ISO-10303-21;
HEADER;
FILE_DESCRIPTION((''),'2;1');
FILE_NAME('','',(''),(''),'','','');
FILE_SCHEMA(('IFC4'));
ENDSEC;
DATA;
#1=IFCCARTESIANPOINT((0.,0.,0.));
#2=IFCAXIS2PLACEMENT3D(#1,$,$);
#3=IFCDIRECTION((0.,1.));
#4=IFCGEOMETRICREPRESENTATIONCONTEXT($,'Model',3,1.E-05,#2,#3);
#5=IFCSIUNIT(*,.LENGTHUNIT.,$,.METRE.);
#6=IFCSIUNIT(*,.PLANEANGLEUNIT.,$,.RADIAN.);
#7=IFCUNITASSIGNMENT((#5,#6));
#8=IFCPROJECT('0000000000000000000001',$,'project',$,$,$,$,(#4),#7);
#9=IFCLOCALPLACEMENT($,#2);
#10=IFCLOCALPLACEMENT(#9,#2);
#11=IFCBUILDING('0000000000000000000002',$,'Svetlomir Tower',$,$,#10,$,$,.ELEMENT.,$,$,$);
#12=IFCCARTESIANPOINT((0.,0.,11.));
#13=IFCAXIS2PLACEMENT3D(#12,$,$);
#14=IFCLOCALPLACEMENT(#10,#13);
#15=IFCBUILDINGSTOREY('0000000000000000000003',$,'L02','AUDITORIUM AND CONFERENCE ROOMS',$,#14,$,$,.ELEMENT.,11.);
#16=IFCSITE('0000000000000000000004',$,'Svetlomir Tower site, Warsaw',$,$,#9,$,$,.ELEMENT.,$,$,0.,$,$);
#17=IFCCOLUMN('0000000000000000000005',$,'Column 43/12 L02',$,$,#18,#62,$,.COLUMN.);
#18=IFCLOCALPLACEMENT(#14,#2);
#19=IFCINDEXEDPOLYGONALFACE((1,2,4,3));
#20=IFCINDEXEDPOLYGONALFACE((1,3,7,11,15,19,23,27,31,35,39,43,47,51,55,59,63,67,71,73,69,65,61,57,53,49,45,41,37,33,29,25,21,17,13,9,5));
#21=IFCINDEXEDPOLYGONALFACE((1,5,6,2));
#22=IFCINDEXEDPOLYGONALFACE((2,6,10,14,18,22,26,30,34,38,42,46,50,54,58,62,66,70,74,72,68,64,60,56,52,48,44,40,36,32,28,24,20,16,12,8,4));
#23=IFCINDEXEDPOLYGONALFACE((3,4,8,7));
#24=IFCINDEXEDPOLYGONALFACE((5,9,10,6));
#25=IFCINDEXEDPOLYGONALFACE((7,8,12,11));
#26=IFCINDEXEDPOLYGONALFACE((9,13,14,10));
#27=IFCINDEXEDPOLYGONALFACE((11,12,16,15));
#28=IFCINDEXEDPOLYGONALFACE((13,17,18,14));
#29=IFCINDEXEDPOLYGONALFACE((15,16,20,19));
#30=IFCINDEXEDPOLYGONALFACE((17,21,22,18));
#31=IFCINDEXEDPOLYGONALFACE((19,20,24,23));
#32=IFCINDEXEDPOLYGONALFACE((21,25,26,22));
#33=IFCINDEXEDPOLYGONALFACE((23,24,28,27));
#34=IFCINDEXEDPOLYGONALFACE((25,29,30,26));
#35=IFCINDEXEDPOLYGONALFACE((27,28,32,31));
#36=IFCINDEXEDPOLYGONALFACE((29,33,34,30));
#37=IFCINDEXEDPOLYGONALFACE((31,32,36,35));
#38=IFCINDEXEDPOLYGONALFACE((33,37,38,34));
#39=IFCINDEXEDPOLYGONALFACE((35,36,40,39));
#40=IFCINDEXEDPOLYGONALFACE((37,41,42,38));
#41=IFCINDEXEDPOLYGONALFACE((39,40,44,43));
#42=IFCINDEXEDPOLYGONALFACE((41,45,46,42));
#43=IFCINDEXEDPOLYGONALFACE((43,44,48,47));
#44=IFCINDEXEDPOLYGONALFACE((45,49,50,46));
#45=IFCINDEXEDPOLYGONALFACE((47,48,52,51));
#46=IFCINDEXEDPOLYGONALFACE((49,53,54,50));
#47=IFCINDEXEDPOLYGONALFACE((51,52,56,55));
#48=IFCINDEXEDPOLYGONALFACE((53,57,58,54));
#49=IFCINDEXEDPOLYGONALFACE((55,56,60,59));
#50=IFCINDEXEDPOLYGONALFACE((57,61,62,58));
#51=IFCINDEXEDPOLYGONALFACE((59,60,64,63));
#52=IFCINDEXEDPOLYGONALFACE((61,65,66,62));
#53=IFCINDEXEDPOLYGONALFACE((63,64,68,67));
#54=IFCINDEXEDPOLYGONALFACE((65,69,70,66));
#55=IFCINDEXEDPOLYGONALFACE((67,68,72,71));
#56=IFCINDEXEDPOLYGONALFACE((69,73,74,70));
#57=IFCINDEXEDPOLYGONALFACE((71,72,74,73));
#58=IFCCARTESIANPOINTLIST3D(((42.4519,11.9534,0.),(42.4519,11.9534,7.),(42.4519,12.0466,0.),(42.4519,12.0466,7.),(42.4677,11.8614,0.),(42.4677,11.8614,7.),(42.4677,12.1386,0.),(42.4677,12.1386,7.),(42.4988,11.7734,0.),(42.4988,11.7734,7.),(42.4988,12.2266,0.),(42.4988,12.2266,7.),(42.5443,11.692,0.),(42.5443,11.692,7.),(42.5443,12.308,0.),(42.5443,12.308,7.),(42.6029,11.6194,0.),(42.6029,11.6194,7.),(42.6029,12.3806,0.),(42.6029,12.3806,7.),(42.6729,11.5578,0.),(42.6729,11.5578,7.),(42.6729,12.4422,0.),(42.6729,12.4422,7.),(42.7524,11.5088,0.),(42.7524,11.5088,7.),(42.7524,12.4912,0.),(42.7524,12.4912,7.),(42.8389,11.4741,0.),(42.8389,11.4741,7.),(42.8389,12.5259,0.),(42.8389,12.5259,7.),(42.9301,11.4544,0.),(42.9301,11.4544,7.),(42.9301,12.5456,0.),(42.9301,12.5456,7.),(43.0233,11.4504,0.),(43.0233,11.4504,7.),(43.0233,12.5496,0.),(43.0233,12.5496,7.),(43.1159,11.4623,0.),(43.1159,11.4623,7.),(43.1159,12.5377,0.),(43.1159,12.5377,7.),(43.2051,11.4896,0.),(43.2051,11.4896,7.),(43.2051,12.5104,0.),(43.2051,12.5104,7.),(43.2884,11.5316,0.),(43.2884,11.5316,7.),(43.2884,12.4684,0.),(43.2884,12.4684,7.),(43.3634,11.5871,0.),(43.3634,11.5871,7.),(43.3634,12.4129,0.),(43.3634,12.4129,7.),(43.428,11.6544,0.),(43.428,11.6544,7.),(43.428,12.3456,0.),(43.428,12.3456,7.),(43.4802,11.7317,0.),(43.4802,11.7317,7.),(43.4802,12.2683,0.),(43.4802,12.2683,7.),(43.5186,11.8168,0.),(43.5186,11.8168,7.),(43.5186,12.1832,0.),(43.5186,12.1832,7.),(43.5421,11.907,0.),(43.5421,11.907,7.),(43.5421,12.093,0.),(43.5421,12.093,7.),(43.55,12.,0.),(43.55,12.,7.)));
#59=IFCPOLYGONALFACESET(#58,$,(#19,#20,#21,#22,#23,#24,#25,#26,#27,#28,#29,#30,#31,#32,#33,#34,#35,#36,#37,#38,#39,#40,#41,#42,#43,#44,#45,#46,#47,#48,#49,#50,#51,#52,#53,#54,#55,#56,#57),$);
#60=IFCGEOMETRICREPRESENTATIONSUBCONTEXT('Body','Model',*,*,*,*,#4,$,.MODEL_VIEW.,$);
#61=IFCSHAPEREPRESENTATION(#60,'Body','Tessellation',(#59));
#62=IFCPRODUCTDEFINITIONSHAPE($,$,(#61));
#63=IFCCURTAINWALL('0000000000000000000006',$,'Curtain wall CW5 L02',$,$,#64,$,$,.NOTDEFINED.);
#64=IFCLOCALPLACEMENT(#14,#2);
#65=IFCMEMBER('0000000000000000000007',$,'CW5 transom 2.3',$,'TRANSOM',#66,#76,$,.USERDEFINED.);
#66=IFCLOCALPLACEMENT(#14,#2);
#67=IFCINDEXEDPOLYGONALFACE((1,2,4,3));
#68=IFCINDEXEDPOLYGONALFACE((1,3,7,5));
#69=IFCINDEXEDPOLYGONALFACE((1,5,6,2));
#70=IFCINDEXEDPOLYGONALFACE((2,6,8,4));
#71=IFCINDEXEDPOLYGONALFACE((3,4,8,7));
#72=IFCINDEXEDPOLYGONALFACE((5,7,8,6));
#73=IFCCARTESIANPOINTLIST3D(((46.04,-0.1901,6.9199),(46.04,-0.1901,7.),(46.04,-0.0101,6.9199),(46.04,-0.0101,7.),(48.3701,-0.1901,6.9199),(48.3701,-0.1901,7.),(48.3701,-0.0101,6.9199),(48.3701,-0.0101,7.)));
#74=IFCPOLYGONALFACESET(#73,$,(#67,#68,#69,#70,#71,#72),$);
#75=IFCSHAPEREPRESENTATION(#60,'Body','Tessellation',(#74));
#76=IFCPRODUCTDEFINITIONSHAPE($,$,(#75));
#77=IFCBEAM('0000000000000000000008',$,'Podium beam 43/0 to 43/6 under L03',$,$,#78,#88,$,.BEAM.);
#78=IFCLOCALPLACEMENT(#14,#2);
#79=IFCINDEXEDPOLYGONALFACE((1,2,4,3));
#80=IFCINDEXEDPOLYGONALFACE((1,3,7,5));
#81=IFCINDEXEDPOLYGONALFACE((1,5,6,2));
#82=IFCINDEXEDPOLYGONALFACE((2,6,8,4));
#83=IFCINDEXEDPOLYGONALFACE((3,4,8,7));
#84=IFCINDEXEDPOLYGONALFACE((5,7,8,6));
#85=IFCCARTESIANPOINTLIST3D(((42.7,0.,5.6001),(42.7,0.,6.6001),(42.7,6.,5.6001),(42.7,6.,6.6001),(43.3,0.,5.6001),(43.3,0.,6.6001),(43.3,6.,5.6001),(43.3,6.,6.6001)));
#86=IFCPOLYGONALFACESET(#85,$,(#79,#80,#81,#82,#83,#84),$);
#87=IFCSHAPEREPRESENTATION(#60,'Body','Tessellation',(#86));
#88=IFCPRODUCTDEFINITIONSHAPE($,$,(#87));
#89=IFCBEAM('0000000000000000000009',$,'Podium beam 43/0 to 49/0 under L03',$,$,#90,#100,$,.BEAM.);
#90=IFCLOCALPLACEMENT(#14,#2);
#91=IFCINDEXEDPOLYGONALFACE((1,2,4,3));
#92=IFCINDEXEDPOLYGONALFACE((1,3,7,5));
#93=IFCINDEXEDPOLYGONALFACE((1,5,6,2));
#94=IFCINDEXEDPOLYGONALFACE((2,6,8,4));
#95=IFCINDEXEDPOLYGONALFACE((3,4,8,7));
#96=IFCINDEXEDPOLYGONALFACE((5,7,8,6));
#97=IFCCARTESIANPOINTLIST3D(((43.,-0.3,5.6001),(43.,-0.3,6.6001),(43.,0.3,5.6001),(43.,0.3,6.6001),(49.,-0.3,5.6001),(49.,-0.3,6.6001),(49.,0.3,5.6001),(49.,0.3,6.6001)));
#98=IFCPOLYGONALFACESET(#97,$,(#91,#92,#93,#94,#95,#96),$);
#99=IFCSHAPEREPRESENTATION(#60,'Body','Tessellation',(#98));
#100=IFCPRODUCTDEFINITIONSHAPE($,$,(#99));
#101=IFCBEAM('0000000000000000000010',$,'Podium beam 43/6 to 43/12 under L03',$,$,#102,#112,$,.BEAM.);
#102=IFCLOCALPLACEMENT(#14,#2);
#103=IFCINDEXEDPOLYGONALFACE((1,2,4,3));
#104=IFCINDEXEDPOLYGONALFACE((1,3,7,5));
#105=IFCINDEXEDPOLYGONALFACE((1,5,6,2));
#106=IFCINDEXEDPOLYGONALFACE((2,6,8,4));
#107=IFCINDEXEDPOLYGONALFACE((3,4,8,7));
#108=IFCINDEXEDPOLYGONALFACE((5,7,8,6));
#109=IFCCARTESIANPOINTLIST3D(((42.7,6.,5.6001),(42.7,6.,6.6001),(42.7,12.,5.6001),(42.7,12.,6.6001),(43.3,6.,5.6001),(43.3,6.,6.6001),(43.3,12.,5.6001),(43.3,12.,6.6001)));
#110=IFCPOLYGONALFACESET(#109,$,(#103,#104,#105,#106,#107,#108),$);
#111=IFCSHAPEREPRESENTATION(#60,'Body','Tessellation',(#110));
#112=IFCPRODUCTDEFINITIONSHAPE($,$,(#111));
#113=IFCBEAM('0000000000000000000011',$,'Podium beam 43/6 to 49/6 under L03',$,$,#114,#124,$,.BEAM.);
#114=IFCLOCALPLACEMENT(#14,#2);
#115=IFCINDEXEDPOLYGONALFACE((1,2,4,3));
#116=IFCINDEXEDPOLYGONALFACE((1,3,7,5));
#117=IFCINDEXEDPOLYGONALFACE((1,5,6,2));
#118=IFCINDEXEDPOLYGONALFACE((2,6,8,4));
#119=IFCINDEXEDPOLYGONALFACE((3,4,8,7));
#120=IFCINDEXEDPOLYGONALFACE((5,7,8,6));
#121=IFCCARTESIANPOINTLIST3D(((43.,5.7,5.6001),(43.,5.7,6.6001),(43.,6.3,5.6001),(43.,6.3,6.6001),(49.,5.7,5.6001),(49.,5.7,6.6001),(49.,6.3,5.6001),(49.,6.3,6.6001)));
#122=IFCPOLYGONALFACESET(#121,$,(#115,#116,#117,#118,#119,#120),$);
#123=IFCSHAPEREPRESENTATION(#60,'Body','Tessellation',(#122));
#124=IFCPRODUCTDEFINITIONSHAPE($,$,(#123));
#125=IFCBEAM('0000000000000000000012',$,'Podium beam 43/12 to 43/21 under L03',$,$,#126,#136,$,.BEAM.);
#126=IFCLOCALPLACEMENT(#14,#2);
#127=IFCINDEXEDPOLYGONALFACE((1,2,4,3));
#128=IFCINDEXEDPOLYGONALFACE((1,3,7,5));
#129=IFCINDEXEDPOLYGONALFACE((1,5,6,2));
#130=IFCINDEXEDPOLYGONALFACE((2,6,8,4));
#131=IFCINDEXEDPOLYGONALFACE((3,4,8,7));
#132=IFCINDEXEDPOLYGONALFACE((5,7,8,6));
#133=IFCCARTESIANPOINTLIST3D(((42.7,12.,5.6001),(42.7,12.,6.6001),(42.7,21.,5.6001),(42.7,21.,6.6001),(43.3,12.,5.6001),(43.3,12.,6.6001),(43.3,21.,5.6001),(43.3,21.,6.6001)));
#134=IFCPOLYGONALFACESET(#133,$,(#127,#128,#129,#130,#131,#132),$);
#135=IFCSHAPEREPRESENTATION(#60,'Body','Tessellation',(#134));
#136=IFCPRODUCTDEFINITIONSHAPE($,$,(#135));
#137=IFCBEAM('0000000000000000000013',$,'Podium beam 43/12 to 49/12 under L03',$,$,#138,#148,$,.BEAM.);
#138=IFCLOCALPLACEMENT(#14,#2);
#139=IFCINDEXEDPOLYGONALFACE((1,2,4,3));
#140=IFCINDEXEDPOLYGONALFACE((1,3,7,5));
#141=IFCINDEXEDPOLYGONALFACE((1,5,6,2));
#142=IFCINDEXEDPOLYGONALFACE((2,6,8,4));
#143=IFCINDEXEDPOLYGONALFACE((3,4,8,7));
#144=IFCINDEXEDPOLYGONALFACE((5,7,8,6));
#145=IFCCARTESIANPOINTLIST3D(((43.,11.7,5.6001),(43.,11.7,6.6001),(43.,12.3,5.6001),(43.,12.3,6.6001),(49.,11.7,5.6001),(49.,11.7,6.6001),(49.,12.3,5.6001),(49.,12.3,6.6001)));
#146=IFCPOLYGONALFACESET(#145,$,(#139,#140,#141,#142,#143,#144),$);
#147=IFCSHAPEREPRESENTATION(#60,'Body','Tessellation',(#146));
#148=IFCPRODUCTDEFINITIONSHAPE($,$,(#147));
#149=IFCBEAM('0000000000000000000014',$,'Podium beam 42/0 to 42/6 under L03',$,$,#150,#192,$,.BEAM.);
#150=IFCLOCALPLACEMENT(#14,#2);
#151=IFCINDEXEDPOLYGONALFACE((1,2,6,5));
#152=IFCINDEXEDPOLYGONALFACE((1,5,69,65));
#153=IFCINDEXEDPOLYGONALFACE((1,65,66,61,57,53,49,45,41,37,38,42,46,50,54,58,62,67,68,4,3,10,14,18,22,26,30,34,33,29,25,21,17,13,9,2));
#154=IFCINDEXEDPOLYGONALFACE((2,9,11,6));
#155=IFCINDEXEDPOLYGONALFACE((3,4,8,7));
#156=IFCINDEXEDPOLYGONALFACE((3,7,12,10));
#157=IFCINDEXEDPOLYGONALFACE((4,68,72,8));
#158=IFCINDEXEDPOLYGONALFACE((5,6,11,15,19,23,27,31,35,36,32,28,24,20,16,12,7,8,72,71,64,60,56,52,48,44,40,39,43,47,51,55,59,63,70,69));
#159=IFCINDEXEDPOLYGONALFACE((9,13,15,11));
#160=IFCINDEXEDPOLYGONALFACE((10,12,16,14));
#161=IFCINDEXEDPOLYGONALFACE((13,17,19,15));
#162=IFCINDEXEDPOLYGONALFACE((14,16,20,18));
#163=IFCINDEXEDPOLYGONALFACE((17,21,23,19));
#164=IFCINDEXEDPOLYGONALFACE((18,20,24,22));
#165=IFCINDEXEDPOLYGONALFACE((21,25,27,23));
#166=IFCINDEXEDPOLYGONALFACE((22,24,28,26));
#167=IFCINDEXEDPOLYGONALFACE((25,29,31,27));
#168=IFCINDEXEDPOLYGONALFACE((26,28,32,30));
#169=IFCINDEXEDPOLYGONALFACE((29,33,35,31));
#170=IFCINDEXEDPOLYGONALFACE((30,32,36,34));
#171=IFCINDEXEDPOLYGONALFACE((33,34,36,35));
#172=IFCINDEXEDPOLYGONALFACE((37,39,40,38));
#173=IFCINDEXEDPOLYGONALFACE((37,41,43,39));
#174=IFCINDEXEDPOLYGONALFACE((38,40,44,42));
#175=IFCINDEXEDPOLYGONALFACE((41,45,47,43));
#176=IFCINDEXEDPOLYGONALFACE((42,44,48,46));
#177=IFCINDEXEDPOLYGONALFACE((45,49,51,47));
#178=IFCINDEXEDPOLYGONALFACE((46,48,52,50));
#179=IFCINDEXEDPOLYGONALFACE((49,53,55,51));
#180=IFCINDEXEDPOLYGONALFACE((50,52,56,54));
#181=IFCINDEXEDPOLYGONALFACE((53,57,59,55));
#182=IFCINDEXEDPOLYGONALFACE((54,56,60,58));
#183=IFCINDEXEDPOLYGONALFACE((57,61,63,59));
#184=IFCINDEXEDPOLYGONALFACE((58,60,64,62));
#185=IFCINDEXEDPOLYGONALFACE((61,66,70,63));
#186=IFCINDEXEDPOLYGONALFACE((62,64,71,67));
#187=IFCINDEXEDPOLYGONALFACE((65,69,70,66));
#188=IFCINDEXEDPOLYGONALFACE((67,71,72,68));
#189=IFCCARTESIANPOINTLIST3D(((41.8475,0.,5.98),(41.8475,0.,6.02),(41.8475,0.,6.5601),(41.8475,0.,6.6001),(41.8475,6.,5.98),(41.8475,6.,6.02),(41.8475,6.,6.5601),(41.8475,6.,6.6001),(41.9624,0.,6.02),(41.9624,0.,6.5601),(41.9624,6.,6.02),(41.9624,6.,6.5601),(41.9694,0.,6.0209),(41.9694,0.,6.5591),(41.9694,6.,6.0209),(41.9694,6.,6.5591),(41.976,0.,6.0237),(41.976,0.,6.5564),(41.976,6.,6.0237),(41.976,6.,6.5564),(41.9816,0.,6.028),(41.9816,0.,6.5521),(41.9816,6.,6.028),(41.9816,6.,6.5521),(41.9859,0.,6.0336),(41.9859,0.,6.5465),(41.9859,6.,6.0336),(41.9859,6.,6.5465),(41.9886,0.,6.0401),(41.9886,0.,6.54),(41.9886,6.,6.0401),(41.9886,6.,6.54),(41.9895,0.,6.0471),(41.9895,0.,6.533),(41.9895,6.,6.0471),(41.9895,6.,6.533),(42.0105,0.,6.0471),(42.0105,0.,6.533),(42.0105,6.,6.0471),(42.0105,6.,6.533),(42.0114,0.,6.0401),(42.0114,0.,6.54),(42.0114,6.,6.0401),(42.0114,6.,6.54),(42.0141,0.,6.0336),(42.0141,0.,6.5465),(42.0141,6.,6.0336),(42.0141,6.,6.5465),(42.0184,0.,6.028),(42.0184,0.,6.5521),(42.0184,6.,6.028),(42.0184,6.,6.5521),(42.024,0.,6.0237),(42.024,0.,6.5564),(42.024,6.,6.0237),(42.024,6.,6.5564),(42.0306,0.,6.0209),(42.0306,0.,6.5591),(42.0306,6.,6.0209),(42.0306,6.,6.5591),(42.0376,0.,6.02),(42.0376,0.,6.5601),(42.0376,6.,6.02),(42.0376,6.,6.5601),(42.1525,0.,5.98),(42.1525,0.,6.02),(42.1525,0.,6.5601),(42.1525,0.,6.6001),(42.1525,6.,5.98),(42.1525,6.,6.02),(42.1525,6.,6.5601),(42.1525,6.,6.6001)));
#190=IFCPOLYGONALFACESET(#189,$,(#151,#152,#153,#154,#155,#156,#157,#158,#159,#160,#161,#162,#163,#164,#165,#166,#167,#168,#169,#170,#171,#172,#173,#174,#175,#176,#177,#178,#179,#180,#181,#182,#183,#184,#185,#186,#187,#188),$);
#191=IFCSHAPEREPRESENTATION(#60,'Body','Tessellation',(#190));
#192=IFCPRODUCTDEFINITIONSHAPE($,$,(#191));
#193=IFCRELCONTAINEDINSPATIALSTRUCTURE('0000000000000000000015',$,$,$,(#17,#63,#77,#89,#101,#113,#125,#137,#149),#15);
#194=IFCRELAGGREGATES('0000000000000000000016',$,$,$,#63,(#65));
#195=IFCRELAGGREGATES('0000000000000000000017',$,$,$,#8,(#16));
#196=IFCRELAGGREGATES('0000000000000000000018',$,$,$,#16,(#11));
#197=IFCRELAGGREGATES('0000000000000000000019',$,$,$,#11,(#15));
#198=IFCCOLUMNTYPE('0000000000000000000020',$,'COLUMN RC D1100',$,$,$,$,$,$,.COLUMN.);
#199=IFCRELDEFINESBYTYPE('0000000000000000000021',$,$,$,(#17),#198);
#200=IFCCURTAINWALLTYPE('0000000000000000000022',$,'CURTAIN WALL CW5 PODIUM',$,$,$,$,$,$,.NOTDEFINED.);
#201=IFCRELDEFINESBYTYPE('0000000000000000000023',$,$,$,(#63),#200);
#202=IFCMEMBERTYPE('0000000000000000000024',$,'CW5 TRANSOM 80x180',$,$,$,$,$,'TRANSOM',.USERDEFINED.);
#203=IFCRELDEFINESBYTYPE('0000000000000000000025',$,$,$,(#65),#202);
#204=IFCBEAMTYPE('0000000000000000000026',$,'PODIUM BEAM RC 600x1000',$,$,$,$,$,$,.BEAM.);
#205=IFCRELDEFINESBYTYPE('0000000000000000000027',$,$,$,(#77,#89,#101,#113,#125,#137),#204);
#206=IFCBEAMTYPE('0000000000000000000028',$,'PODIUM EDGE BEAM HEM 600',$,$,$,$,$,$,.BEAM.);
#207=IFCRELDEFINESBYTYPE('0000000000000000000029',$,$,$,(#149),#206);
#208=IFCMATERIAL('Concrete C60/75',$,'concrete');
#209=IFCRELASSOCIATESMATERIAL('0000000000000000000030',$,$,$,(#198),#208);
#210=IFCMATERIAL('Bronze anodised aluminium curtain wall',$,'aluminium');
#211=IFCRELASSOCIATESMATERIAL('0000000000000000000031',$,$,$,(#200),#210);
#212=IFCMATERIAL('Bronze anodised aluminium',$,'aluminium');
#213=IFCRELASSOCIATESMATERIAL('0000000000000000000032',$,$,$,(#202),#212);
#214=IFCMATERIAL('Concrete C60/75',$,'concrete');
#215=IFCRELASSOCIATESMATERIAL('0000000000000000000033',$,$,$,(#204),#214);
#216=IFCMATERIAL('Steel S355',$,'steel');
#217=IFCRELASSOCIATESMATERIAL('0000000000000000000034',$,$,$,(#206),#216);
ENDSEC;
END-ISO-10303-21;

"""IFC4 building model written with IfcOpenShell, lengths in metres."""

from ifc_helpers import new_model, si_unit, direction, frame, origin, origin_2d, place, context, subcontext, project, spatial, rectangle, circle, i_section, extrude, material, material_profile, profile_set, type_object, element, aggregate, save


model = new_model("IFC4")

# Units and contexts
model_context = context("Model", 3, precision=1e-05, world=origin(), true_north=direction((0.0, 1.0)))
body_context = subcontext(model_context, "Body", "Model", "MODEL_VIEW")
ifc_project = project(units=[si_unit("LENGTHUNIT", "METRE"), si_unit("PLANEANGLEUNIT", "RADIAN")], contexts=[model_context])

# Site, building, storey
site_placement = place(None, origin())
site = spatial("IfcSite", under=ifc_project, at=site_placement, Name="Svetlomir Tower site, Warsaw", CompositionType="ELEMENT", RefElevation=0.0)
building_placement = place(site_placement, origin())
building = spatial("IfcBuilding", under=site, at=building_placement, Name="Svetlomir Tower", CompositionType="ELEMENT")
storey_placement = place(building_placement, frame((0.0, 0.0, 11.0)))
storey = spatial("IfcBuildingStorey", under=building, at=storey_placement, Name="L02", Description="AUDITORIUM AND CONFERENCE ROOMS", CompositionType="ELEMENT", Elevation=11.0)

# Column
ifc_material_1 = material(Name="Concrete C60/75", Category="concrete")
ifc_material_profile_1 = material_profile(ifc_material_1, circle(Radius=0.55, at=origin_2d()), Name="RC D1100")
ifc_profile_set_1 = profile_set([ifc_material_profile_1], Name="Concrete C60/75")
column_type_1 = type_object("IfcColumnType", Name="COLUMN RC D1100", PredefinedType="COLUMN", material=ifc_profile_set_1)
for number, where, z_axis, x_axis, name in (
    (1, (43.0, 12.0, 0.0), (0.0, 0.0, 1.0), (1.0, 0.0, 0.0), "Column 43/12 L02"),
):
    element("IfcColumn", number, at=place(storey_placement, frame(where, z_axis=z_axis, x_axis=x_axis)), inside=storey, type_object=column_type_1, Name=name, PredefinedType="COLUMN", context=body_context, shape_type="SweptSolid", body=[
        extrude(circle(Radius=0.55, at=origin_2d()), origin(), (0.0, 0.0, 1.0), 7.0),
    ])

# Curtain wall, member
ifc_material_2 = material(Name="Bronze anodised aluminium curtain wall", Category="aluminium")
curtain_wall_type = type_object("IfcCurtainWallType", Name="CURTAIN WALL CW5 PODIUM", PredefinedType="NOTDEFINED", material=ifc_material_2)
curtain_wall_placement = place(storey_placement, origin())
curtain_wall = element("IfcCurtainWall", 2, at=curtain_wall_placement, inside=storey, type_object=curtain_wall_type, Name="Curtain wall CW5 L02", PredefinedType="NOTDEFINED")
ifc_material_3 = material(Name="Bronze anodised aluminium", Category="aluminium")
ifc_material_profile_2 = material_profile(ifc_material_3, rectangle(XDim=0.1799, YDim=0.0801, at=origin_2d()), Name="AL 180x80")
ifc_profile_set_2 = profile_set([ifc_material_profile_2], Name="Bronze anodised aluminium 6063-T6")
member_type = type_object("IfcMemberType", Name="CW5 TRANSOM 80x180", ElementType="TRANSOM", PredefinedType="USERDEFINED", material=ifc_profile_set_2)
member_placement = place(storey_placement, frame((46.04, -0.1001, 6.96), z_axis=(1.0, 0.0, 0.0), x_axis=(0.0, 1.0, 0.0)))
member = element("IfcMember", 3, at=member_placement, type_object=member_type, Name="CW5 transom 2.3", ObjectType="TRANSOM", PredefinedType="USERDEFINED", context=body_context, shape_type="SweptSolid", body=[
    extrude(rectangle(XDim=0.1799, YDim=0.0801, at=origin_2d()), origin(), (0.0, 0.0, 1.0), 2.3301),
])

# Beams
ifc_material_4 = material(Name="Concrete C60/75", Category="concrete")
ifc_material_profile_3 = material_profile(ifc_material_4, rectangle(XDim=0.6001, YDim=1.0, at=origin_2d()), Name="RC 600x1000")
ifc_profile_set_3 = profile_set([ifc_material_profile_3], Name="Concrete C60/75")
beam_type_1 = type_object("IfcBeamType", Name="PODIUM BEAM RC 600x1000", PredefinedType="BEAM", material=ifc_profile_set_3)
for number, where, z_axis, x_axis, name in (
    (4, (43.0, 0.0, 6.1001), (0.0, 1.0, 0.0), (-1.0, 0.0, 0.0), "Podium beam 43/0 to 43/6 under L03"),
    (5, (43.0, 0.0, 6.1001), (1.0, 0.0, 0.0), (0.0, 1.0, 0.0), "Podium beam 43/0 to 49/0 under L03"),
    (6, (43.0, 6.0, 6.1001), (0.0, 1.0, 0.0), (-1.0, 0.0, 0.0), "Podium beam 43/6 to 43/12 under L03"),
    (7, (43.0, 6.0, 6.1001), (1.0, 0.0, 0.0), (0.0, 1.0, 0.0), "Podium beam 43/6 to 49/6 under L03"),
):
    element("IfcBeam", number, at=place(storey_placement, frame(where, z_axis=z_axis, x_axis=x_axis)), inside=storey, type_object=beam_type_1, Name=name, PredefinedType="BEAM", context=body_context, shape_type="SweptSolid", body=[
        extrude(rectangle(XDim=0.6001, YDim=1.0, at=origin_2d()), origin(), (0.0, 0.0, 1.0), 6.0),
    ])
beam_1_placement = place(storey_placement, frame((43.0, 12.0, 6.1001), z_axis=(0.0, 1.0, 0.0), x_axis=(-1.0, 0.0, 0.0)))
element("IfcBeam", 8, at=beam_1_placement, inside=storey, type_object=beam_type_1, Name="Podium beam 43/12 to 43/21 under L03", PredefinedType="BEAM", context=body_context, shape_type="SweptSolid", body=[
    extrude(rectangle(XDim=0.6001, YDim=1.0, at=origin_2d()), origin(), (0.0, 0.0, 1.0), 9.0),
])
beam_2_placement = place(storey_placement, frame((43.0, 12.0, 6.1001), z_axis=(1.0, 0.0, 0.0), x_axis=(0.0, 1.0, 0.0)))
element("IfcBeam", 9, at=beam_2_placement, inside=storey, type_object=beam_type_1, Name="Podium beam 43/12 to 49/12 under L03", PredefinedType="BEAM", context=body_context, shape_type="SweptSolid", body=[
    extrude(rectangle(XDim=0.6001, YDim=1.0, at=origin_2d()), origin(), (0.0, 0.0, 1.0), 6.0),
])
ifc_material_5 = material(Name="Steel S355", Category="steel")
ifc_material_profile_4 = material_profile(ifc_material_5, i_section(OverallWidth=0.3049, OverallDepth=0.6201, WebThickness=0.021, FlangeThickness=0.04, FilletRadius=0.0271, at=origin_2d()), Name="HEM 600")
ifc_profile_set_4 = profile_set([ifc_material_profile_4], Name="Steel S355")
beam_type_2 = type_object("IfcBeamType", Name="PODIUM EDGE BEAM HEM 600", PredefinedType="BEAM", material=ifc_profile_set_4)
beam_3_placement = place(storey_placement, frame((42.0, 0.0, 6.29), z_axis=(0.0, 1.0, 0.0), x_axis=(-1.0, 0.0, 0.0)))
element("IfcBeam", 10, at=beam_3_placement, inside=storey, type_object=beam_type_2, Name="Podium beam 42/0 to 42/6 under L03", PredefinedType="BEAM", context=body_context, shape_type="SweptSolid", body=[
    extrude(i_section(OverallWidth=0.3049, OverallDepth=0.6201, WebThickness=0.021, FlangeThickness=0.04, FilletRadius=0.0271, at=origin_2d()), origin(), (0.0, 0.0, 1.0), 6.0),
])

aggregate(curtain_wall, [member])

save(model, "model.ifc")
